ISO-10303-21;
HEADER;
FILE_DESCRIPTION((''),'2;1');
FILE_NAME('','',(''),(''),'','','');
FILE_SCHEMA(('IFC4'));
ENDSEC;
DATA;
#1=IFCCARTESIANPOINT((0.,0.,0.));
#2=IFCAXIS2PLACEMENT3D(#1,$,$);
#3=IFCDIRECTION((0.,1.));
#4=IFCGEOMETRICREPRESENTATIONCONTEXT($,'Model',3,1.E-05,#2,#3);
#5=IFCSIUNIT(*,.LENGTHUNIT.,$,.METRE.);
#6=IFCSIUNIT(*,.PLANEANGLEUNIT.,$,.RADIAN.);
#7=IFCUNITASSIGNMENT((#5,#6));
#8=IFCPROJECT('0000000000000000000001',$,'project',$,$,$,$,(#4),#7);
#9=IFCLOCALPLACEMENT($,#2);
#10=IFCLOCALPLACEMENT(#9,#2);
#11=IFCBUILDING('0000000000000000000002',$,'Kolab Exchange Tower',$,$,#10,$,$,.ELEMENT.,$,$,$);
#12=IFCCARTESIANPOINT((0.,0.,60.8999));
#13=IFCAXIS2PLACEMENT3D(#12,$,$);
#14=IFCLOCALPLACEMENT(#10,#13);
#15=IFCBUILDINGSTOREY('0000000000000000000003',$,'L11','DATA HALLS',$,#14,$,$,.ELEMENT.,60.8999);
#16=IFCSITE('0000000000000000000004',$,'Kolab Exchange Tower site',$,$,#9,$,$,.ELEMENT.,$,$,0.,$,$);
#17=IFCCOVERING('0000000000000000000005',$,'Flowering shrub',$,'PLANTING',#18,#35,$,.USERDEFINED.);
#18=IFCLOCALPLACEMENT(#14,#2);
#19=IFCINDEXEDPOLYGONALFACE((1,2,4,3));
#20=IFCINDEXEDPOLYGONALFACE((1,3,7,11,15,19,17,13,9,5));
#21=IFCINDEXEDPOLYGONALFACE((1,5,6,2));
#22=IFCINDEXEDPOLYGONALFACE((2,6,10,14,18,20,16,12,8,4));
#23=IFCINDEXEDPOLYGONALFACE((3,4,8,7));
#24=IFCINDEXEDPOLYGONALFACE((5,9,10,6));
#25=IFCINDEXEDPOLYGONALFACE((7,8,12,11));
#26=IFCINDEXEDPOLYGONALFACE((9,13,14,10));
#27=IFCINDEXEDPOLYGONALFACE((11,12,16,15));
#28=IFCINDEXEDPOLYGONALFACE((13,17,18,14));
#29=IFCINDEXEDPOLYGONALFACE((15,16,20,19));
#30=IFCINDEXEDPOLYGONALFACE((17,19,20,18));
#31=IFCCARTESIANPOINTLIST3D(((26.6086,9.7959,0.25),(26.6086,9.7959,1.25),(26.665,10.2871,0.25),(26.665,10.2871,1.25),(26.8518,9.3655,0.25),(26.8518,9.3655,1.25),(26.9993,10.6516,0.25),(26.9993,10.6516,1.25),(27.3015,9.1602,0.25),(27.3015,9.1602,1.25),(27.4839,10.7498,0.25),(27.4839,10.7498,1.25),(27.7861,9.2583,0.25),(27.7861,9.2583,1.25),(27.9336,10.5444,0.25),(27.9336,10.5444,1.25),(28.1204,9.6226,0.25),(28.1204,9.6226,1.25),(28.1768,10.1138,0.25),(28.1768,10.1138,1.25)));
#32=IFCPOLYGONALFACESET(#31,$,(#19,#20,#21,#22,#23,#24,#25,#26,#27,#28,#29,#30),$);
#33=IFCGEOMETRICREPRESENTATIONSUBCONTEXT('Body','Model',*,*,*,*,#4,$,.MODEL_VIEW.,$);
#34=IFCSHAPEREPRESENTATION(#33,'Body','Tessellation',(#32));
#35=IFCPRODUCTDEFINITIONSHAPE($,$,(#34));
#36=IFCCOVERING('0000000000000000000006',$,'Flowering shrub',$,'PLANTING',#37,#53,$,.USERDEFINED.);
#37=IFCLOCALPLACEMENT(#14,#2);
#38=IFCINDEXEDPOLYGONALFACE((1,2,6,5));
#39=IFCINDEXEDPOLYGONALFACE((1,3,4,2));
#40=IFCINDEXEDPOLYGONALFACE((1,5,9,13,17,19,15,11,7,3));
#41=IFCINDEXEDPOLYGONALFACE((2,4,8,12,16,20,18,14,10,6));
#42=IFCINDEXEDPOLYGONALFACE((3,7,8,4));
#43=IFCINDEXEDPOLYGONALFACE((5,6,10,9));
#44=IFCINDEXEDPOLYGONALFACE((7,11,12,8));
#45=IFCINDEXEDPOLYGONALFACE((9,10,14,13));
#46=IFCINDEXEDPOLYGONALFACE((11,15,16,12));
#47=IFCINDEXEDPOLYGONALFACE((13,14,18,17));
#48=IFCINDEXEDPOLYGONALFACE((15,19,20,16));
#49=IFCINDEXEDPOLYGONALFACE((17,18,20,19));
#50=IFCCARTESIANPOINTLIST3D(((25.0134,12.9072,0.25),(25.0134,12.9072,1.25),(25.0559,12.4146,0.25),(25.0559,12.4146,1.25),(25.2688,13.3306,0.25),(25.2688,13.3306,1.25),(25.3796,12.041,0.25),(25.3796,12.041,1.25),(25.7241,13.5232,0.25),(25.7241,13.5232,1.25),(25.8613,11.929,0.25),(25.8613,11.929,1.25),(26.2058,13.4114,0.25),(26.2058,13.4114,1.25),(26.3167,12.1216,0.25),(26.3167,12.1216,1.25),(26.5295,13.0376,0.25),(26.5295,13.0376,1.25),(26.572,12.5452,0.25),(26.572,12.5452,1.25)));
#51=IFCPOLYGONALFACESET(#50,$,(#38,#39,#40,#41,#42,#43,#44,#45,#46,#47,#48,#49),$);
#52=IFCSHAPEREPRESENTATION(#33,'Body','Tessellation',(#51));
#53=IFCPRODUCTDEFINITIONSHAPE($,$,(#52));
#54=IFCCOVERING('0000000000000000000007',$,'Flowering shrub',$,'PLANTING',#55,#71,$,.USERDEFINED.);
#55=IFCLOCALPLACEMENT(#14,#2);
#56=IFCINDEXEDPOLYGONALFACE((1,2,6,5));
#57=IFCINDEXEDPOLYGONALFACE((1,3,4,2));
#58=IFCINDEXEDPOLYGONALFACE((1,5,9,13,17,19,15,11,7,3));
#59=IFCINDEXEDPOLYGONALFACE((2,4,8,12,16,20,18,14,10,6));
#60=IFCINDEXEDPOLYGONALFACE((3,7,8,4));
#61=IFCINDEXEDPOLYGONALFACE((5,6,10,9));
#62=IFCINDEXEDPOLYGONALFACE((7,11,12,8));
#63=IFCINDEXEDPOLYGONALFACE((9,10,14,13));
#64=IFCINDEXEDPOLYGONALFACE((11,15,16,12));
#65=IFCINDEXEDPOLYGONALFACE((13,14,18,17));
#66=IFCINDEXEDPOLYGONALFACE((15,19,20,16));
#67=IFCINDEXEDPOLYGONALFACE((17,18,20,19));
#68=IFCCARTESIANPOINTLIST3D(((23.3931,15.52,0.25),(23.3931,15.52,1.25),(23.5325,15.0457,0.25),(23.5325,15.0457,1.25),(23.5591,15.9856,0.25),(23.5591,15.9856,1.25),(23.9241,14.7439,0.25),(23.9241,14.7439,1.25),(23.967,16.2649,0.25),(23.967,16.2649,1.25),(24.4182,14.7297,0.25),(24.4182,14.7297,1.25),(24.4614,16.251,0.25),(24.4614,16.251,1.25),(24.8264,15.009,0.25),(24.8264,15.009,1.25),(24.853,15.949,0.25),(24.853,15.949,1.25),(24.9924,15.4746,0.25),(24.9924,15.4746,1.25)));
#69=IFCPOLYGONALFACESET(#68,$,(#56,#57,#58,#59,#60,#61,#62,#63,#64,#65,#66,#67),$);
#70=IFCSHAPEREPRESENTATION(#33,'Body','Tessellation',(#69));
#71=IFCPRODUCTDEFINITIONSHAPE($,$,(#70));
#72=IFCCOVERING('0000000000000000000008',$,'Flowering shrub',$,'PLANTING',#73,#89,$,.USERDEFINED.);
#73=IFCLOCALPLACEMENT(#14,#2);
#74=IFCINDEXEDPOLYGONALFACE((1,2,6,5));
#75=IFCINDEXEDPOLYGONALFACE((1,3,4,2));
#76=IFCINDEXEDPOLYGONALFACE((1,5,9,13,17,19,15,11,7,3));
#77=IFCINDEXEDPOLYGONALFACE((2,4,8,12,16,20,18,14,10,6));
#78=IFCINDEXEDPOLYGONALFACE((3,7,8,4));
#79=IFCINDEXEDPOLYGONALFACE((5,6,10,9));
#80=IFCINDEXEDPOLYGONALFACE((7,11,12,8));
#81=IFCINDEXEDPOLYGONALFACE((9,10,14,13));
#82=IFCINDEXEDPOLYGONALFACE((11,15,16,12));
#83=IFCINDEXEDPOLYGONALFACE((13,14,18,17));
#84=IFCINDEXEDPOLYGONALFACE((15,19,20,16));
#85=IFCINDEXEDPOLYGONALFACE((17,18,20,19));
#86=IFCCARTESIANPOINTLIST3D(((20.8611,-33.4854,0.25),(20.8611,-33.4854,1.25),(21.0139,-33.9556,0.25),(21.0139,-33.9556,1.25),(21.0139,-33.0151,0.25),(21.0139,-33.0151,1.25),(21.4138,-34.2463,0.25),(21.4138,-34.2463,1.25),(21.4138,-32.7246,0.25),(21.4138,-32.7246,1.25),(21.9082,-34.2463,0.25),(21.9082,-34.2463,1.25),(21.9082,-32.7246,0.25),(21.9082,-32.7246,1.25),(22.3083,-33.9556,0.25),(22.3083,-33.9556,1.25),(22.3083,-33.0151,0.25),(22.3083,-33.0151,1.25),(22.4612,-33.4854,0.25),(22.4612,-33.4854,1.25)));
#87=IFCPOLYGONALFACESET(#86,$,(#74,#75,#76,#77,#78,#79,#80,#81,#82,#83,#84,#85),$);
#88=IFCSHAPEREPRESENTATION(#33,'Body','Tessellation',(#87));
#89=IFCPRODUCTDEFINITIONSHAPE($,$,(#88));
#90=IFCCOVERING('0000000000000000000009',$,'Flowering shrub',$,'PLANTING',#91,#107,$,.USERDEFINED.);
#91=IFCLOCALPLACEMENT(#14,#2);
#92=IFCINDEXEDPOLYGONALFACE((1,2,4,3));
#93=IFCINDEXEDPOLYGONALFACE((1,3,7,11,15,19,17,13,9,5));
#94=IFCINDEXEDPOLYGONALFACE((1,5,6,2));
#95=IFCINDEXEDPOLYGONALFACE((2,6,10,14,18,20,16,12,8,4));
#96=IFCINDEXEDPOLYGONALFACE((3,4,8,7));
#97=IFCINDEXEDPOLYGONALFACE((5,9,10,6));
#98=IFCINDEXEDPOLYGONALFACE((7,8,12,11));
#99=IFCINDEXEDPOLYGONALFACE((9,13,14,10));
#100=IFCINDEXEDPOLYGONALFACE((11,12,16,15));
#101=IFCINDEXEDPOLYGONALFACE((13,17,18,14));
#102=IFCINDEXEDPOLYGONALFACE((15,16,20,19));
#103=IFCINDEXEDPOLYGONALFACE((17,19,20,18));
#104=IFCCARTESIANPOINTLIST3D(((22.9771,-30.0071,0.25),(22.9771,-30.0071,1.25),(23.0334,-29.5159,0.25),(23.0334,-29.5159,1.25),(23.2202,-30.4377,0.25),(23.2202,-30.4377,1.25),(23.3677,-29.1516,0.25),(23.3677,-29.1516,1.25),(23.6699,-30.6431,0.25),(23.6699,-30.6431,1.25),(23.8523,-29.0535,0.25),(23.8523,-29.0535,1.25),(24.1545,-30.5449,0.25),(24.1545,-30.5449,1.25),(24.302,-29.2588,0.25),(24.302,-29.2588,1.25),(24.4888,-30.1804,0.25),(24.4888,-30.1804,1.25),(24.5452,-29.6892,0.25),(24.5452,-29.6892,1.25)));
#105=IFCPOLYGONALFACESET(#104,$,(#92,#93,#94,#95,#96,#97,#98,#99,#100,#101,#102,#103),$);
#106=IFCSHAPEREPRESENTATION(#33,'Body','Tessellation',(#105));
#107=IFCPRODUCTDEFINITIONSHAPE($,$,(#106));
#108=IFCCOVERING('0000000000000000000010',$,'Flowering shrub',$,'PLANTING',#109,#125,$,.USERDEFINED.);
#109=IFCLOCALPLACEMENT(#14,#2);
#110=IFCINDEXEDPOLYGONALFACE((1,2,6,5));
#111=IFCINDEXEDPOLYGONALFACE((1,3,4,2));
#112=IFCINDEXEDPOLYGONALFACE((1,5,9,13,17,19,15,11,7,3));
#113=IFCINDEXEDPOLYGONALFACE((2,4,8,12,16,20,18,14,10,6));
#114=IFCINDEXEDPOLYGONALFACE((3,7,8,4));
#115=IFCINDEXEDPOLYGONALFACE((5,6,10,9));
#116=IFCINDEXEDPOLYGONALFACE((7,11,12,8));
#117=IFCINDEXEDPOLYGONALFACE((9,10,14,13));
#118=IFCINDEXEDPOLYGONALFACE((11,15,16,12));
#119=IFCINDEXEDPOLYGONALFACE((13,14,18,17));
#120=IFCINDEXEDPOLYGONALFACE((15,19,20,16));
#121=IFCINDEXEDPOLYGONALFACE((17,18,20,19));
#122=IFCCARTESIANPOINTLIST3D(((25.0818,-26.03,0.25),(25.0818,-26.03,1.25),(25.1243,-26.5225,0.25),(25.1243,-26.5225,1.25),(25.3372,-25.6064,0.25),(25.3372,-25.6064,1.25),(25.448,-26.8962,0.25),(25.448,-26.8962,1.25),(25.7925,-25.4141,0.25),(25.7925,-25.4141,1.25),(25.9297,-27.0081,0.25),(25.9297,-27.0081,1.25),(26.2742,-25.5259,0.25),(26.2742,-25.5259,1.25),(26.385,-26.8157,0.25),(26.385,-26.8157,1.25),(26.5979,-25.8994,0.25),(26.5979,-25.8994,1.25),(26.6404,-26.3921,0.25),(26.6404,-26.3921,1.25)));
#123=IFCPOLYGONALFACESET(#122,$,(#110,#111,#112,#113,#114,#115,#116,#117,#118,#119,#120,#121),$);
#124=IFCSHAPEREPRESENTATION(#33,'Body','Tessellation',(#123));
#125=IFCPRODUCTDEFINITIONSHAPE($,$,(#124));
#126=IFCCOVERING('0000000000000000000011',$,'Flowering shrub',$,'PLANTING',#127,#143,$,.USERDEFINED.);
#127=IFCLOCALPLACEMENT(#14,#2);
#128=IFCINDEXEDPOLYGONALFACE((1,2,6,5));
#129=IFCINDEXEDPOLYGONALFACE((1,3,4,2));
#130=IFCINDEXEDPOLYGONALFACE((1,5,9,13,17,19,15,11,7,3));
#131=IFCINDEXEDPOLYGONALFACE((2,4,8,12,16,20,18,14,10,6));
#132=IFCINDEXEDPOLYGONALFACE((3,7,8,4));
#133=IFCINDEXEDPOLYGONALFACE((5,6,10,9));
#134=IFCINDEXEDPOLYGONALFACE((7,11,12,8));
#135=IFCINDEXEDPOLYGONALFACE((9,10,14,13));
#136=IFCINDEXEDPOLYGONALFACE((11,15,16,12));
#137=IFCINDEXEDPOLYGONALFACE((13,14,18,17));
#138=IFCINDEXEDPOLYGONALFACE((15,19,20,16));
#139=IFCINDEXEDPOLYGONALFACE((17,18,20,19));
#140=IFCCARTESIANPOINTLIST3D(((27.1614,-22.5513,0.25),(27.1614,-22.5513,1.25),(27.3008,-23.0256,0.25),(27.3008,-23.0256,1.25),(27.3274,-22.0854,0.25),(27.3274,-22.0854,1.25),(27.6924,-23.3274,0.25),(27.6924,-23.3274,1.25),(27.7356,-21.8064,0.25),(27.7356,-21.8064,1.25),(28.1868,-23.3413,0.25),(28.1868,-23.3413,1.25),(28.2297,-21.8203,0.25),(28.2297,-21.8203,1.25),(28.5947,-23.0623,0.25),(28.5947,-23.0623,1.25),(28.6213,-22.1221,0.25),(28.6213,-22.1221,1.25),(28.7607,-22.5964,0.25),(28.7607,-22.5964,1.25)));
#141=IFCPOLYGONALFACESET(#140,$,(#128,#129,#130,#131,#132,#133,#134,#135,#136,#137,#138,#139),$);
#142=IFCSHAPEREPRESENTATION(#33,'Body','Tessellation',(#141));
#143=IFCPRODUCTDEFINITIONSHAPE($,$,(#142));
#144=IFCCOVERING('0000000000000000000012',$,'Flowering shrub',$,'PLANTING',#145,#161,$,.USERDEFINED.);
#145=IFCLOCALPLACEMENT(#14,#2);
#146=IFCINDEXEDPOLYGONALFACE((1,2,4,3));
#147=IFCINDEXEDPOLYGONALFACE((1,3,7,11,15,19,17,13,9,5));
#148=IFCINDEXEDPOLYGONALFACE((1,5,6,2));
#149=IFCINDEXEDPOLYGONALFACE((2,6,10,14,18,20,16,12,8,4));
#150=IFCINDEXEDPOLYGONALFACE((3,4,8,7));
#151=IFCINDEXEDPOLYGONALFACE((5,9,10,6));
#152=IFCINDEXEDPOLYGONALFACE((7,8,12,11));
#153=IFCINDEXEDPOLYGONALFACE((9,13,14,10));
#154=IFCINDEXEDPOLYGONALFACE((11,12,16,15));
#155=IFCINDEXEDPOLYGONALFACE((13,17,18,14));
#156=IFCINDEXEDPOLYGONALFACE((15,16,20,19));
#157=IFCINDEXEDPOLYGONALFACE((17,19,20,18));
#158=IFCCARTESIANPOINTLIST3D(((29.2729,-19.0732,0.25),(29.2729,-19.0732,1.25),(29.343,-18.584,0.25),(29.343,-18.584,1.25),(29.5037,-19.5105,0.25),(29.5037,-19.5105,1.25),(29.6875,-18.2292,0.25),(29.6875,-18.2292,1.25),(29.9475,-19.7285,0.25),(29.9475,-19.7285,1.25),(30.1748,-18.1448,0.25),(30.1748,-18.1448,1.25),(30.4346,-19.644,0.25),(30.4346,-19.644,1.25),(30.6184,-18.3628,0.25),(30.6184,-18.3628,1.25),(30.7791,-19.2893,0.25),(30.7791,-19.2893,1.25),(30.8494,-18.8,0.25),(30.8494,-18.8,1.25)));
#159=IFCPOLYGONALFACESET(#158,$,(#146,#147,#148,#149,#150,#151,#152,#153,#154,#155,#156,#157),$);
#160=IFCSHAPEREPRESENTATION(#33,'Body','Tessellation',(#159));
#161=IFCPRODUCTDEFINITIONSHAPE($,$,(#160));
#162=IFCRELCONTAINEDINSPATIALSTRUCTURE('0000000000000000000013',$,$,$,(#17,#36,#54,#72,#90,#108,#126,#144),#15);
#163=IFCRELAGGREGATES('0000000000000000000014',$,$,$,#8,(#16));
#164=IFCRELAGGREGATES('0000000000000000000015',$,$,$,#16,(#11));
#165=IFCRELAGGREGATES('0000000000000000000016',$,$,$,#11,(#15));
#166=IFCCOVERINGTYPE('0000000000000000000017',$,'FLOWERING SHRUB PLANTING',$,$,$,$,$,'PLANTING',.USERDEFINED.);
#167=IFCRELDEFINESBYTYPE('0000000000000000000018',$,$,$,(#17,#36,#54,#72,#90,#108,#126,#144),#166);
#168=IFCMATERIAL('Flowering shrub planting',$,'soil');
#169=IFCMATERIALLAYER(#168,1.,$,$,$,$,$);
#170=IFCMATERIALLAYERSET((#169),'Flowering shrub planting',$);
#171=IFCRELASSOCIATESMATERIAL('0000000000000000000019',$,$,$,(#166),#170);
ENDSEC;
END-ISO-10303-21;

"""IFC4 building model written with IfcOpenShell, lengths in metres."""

from ifc_helpers import new_model, si_unit, direction, frame, origin, place, context, subcontext, project, spatial, polyline, outline, extrude, material, layer, layer_set, type_object, element, save


model = new_model("IFC4")

# Units and contexts
model_context = context("Model", 3, precision=1e-05, world=origin(), true_north=direction((0.0, 1.0)))
body_context = subcontext(model_context, "Body", "Model", "MODEL_VIEW")
ifc_project = project(units=[si_unit("LENGTHUNIT", "METRE"), si_unit("PLANEANGLEUNIT", "RADIAN")], contexts=[model_context])

# Site, building, storey
site_placement = place(None, origin())
site = spatial("IfcSite", under=ifc_project, at=site_placement, Name="Kolab Exchange Tower site", CompositionType="ELEMENT", RefElevation=0.0)
building_placement = place(site_placement, origin())
building = spatial("IfcBuilding", under=site, at=building_placement, Name="Kolab Exchange Tower", CompositionType="ELEMENT")
storey_placement = place(building_placement, frame((0.0, 0.0, 60.8999)))
storey = spatial("IfcBuildingStorey", under=building, at=storey_placement, Name="L11", Description="DATA HALLS", CompositionType="ELEMENT", Elevation=60.8999)

# Coverings
ifc_material_1 = material(Name="Flowering shrub planting", Category="soil")
ifc_layer_1 = layer(ifc_material_1, 1.0)
ifc_layer_set_1 = layer_set([ifc_layer_1], Name="Flowering shrub planting")
covering_type_1 = type_object("IfcCoveringType", Name="FLOWERING SHRUB PLANTING", ElementType="PLANTING", PredefinedType="USERDEFINED", material=ifc_layer_set_1)
covering_1_placement = place(storey_placement, frame((0.0, 0.0, 0.25)))
element("IfcCovering", 1, at=covering_1_placement, inside=storey, type_object=covering_type_1, Name="Flowering shrub", ObjectType="PLANTING", PredefinedType="USERDEFINED", context=body_context, shape_type="SweptSolid", body=[
    extrude(outline(polyline([(28.1768, 10.1138), (27.9336, 10.5444), (27.4839, 10.7498), (26.9993, 10.6516), (26.665, 10.2871), (26.6086, 9.7959), (26.8518, 9.3655), (27.3015, 9.1602), (27.7861, 9.2583), (28.1204, 9.6226), (28.1768, 10.1138)])), origin(), (0.0, 0.0, 1.0), 1.0),
])
covering_2_placement = place(storey_placement, frame((0.0, 0.0, 0.25)))
element("IfcCovering", 2, at=covering_2_placement, inside=storey, type_object=covering_type_1, Name="Flowering shrub", ObjectType="PLANTING", PredefinedType="USERDEFINED", context=body_context, shape_type="SweptSolid", body=[
    extrude(outline(polyline([(26.5295, 13.0376), (26.2058, 13.4114), (25.7241, 13.5232), (25.2688, 13.3306), (25.0134, 12.9072), (25.0559, 12.4146), (25.3796, 12.041), (25.8613, 11.929), (26.3167, 12.1216), (26.572, 12.5452), (26.5295, 13.0376)])), origin(), (0.0, 0.0, 1.0), 1.0),
])
covering_3_placement = place(storey_placement, frame((0.0, 0.0, 0.25)))
element("IfcCovering", 3, at=covering_3_placement, inside=storey, type_object=covering_type_1, Name="Flowering shrub", ObjectType="PLANTING", PredefinedType="USERDEFINED", context=body_context, shape_type="SweptSolid", body=[
    extrude(outline(polyline([(24.853, 15.949), (24.4614, 16.251), (23.967, 16.2649), (23.5591, 15.9856), (23.3931, 15.52), (23.5325, 15.0457), (23.9241, 14.7439), (24.4182, 14.7297), (24.8264, 15.009), (24.9924, 15.4746), (24.853, 15.949)])), origin(), (0.0, 0.0, 1.0), 1.0),
])
covering_4_placement = place(storey_placement, frame((0.0, 0.0, 0.25)))
element("IfcCovering", 4, at=covering_4_placement, inside=storey, type_object=covering_type_1, Name="Flowering shrub", ObjectType="PLANTING", PredefinedType="USERDEFINED", context=body_context, shape_type="SweptSolid", body=[
    extrude(outline(polyline([(22.4612, -33.4854), (22.3083, -33.0151), (21.9082, -32.7246), (21.4138, -32.7246), (21.0139, -33.0151), (20.8611, -33.4854), (21.0139, -33.9556), (21.4138, -34.2463), (21.9082, -34.2463), (22.3083, -33.9556), (22.4612, -33.4854)])), origin(), (0.0, 0.0, 1.0), 1.0),
])
covering_5_placement = place(storey_placement, frame((0.0, 0.0, 0.25)))
element("IfcCovering", 5, at=covering_5_placement, inside=storey, type_object=covering_type_1, Name="Flowering shrub", ObjectType="PLANTING", PredefinedType="USERDEFINED", context=body_context, shape_type="SweptSolid", body=[
    extrude(outline(polyline([(24.5452, -29.6892), (24.302, -29.2588), (23.8523, -29.0535), (23.3677, -29.1516), (23.0334, -29.5159), (22.9771, -30.0071), (23.2202, -30.4377), (23.6699, -30.6431), (24.1545, -30.5449), (24.4888, -30.1804), (24.5452, -29.6892)])), origin(), (0.0, 0.0, 1.0), 1.0),
])
covering_6_placement = place(storey_placement, frame((0.0, 0.0, 0.25)))
element("IfcCovering", 6, at=covering_6_placement, inside=storey, type_object=covering_type_1, Name="Flowering shrub", ObjectType="PLANTING", PredefinedType="USERDEFINED", context=body_context, shape_type="SweptSolid", body=[
    extrude(outline(polyline([(26.5979, -25.8994), (26.2742, -25.5259), (25.7925, -25.4141), (25.3372, -25.6064), (25.0818, -26.03), (25.1243, -26.5225), (25.448, -26.8962), (25.9297, -27.0081), (26.385, -26.8157), (26.6404, -26.3921), (26.5979, -25.8994)])), origin(), (0.0, 0.0, 1.0), 1.0),
])
covering_7_placement = place(storey_placement, frame((0.0, 0.0, 0.25)))
element("IfcCovering", 7, at=covering_7_placement, inside=storey, type_object=covering_type_1, Name="Flowering shrub", ObjectType="PLANTING", PredefinedType="USERDEFINED", context=body_context, shape_type="SweptSolid", body=[
    extrude(outline(polyline([(28.6213, -22.1221), (28.2297, -21.8203), (27.7356, -21.8064), (27.3274, -22.0854), (27.1614, -22.5513), (27.3008, -23.0256), (27.6924, -23.3274), (28.1868, -23.3413), (28.5947, -23.0623), (28.7607, -22.5964), (28.6213, -22.1221)])), origin(), (0.0, 0.0, 1.0), 1.0),
])
covering_8_placement = place(storey_placement, frame((0.0, 0.0, 0.25)))
element("IfcCovering", 8, at=covering_8_placement, inside=storey, type_object=covering_type_1, Name="Flowering shrub", ObjectType="PLANTING", PredefinedType="USERDEFINED", context=body_context, shape_type="SweptSolid", body=[
    extrude(outline(polyline([(30.6184, -18.3628), (30.1748, -18.1448), (29.6875, -18.2292), (29.343, -18.584), (29.2729, -19.0732), (29.5037, -19.5105), (29.9475, -19.7285), (30.4346, -19.644), (30.7791, -19.2893), (30.8494, -18.8), (30.6184, -18.3628)])), origin(), (0.0, 0.0, 1.0), 1.0),
])

save(model, "model.ifc")
